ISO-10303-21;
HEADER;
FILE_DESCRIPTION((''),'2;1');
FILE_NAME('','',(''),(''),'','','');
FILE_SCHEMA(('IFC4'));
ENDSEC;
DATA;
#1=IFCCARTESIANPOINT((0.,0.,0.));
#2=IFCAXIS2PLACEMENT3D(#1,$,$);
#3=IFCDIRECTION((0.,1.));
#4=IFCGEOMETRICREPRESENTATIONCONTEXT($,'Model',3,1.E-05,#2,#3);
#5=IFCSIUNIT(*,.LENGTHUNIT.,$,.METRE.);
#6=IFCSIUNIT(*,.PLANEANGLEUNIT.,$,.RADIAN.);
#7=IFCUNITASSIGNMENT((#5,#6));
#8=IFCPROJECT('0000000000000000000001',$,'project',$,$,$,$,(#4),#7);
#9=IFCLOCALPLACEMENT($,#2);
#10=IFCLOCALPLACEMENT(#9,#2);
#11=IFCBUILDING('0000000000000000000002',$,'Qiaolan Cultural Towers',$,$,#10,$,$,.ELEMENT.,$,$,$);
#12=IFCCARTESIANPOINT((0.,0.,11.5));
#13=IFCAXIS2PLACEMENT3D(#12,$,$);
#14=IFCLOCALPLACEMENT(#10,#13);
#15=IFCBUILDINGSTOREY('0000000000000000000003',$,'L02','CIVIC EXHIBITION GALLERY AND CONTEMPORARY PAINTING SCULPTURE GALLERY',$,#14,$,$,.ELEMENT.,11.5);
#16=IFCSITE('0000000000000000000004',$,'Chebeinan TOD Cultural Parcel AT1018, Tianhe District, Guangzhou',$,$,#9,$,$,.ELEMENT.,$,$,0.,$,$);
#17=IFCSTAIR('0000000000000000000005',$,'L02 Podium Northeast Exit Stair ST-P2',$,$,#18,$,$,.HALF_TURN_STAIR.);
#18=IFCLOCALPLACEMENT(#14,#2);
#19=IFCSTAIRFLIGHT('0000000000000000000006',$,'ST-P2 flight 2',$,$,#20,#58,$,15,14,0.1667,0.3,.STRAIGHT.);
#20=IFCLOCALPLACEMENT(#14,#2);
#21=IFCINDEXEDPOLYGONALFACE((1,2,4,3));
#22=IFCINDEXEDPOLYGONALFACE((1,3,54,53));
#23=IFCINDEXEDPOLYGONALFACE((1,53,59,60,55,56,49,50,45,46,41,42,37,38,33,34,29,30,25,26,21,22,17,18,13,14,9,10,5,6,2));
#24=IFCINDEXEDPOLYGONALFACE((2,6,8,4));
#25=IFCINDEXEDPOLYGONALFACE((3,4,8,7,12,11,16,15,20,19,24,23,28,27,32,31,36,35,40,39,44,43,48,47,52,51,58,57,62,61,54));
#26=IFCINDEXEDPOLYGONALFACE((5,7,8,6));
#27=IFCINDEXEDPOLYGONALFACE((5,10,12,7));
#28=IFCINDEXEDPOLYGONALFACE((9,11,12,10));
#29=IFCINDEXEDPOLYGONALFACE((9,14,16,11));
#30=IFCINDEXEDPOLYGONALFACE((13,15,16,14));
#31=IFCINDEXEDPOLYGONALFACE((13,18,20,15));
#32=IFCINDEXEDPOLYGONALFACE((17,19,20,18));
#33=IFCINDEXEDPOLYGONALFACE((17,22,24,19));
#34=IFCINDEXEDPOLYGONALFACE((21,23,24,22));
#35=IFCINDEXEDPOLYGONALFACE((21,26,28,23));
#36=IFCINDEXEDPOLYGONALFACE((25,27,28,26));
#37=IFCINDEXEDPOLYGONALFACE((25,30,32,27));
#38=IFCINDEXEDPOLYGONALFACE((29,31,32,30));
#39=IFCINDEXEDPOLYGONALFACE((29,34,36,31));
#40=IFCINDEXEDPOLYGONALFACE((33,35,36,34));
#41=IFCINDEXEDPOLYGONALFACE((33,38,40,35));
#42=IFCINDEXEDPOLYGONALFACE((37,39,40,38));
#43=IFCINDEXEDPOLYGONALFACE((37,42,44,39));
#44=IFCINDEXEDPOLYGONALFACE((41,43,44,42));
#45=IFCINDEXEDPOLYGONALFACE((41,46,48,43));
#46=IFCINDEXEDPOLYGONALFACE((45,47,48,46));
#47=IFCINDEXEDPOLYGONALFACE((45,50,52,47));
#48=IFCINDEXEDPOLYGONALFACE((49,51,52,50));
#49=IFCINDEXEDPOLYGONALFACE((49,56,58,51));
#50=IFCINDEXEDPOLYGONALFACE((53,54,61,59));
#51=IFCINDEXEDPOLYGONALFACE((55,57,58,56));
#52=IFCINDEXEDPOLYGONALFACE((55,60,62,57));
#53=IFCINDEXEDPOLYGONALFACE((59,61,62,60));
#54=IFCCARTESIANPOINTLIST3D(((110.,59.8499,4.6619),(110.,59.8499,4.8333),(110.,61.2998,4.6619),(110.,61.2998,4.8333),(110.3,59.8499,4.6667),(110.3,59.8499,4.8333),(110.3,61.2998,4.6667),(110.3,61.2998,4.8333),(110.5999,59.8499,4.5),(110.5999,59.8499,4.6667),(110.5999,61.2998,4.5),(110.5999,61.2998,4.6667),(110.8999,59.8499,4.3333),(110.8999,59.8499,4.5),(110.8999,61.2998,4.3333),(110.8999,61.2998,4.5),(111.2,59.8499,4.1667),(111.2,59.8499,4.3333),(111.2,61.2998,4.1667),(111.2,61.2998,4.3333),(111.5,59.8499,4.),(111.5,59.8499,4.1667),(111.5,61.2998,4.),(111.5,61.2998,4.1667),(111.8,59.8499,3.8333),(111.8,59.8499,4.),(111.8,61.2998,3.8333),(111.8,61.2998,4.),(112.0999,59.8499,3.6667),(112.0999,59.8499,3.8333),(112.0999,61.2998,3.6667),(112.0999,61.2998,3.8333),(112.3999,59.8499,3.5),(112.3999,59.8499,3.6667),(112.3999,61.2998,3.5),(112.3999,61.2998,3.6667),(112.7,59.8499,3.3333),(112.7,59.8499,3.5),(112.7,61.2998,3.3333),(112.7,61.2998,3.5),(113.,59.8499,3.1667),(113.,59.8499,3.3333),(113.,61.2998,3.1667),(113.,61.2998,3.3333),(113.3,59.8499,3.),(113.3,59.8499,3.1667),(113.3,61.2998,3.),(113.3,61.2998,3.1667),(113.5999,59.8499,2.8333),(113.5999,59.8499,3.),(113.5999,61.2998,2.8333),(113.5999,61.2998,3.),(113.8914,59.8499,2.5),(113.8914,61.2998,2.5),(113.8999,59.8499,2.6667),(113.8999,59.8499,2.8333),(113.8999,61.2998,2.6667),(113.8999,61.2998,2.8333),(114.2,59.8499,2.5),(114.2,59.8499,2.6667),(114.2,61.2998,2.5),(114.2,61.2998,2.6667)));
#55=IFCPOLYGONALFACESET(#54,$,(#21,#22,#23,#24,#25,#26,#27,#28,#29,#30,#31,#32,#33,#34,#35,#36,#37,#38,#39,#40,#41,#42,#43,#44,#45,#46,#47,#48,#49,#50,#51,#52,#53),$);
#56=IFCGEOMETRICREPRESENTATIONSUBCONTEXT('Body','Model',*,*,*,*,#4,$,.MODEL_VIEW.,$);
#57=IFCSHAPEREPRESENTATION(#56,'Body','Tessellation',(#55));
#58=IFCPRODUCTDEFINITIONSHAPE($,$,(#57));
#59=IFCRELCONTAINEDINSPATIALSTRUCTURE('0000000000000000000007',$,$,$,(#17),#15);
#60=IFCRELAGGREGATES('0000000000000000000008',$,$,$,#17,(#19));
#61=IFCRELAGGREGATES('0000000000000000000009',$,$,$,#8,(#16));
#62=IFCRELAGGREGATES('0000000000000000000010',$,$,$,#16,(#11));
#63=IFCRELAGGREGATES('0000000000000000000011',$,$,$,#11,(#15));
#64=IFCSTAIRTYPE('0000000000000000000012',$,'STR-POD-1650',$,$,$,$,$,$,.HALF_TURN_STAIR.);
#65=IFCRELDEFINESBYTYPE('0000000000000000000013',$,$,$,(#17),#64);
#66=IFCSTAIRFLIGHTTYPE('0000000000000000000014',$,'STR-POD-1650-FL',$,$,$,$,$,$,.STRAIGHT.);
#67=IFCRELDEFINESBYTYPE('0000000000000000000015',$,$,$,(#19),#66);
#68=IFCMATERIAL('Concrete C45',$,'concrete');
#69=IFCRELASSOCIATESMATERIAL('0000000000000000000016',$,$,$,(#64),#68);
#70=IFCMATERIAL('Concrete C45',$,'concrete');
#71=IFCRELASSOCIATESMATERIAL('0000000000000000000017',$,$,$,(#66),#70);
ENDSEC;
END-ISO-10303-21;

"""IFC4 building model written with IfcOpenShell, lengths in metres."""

from ifc_helpers import new_model, si_unit, direction, frame, origin, place, context, subcontext, project, spatial, polyline, outline, extrude, material, type_object, element, aggregate, save


model = new_model("IFC4")

# Units and contexts
model_context = context("Model", 3, precision=1e-05, world=origin(), true_north=direction((0.0, 1.0)))
body_context = subcontext(model_context, "Body", "Model", "MODEL_VIEW")
ifc_project = project(units=[si_unit("LENGTHUNIT", "METRE"), si_unit("PLANEANGLEUNIT", "RADIAN")], contexts=[model_context])

# Site, building, storey
site_placement = place(None, origin())
site = spatial("IfcSite", under=ifc_project, at=site_placement, Name="Chebeinan TOD Cultural Parcel AT1018, Tianhe District, Guangzhou", CompositionType="ELEMENT", RefElevation=0.0)
building_placement = place(site_placement, origin())
building = spatial("IfcBuilding", under=site, at=building_placement, Name="Qiaolan Cultural Towers", CompositionType="ELEMENT")
storey_placement = place(building_placement, frame((0.0, 0.0, 11.5)))
storey = spatial("IfcBuildingStorey", under=building, at=storey_placement, Name="L02", Description="CIVIC EXHIBITION GALLERY AND CONTEMPORARY PAINTING SCULPTURE GALLERY", CompositionType="ELEMENT", Elevation=11.5)

# Stair, stair flight
ifc_material_1 = material(Name="Concrete C45", Category="concrete")
stair_type = type_object("IfcStairType", Name="STR-POD-1650", PredefinedType="HALF_TURN_STAIR", material=ifc_material_1)
stair_placement = place(storey_placement, origin())
stair = element("IfcStair", 1, at=stair_placement, inside=storey, type_object=stair_type, Name="L02 Podium Northeast Exit Stair ST-P2", PredefinedType="HALF_TURN_STAIR")
ifc_material_2 = material(Name="Concrete C45", Category="concrete")
stair_flight_type = type_object("IfcStairFlightType", Name="STR-POD-1650-FL", PredefinedType="STRAIGHT", material=ifc_material_2)
stair_flight_1_placement = place(storey_placement, frame((114.2, 60.575, 2.5), z_axis=(0.0, 0.0, 1.0), x_axis=(-1.0, 0.0, 0.0)))
stair_flight_1 = element("IfcStairFlight", 2, at=stair_flight_1_placement, type_object=stair_flight_type, Name="ST-P2 flight 2", NumberOfRisers=15, NumberOfTreads=14, PredefinedType="STRAIGHT", RiserHeight=0.1667, TreadLength=0.3, context=body_context, shape_type="SweptSolid", body=[
    extrude(outline(polyline([(0.0, 0.0), (0.0, 0.1667), (0.3, 0.1667), (0.3, 0.3333), (0.6001, 0.3333), (0.6001, 0.5), (0.8999, 0.5), (0.8999, 0.6667), (1.2, 0.6667), (1.2, 0.8333), (1.5, 0.8333), (1.5, 1.0), (1.8, 1.0), (1.8, 1.1667), (2.1001, 1.1667), (2.1001, 1.3333), (2.3999, 1.3333), (2.3999, 1.5), (2.7, 1.5), (2.7, 1.6667), (3.0, 1.6667), (3.0, 1.8333), (3.3, 1.8333), (3.3, 2.0), (3.6001, 2.0), (3.6001, 2.1667), (3.8999, 2.1667), (3.8999, 2.3333), (4.2, 2.3333), (4.2, 2.5), (4.2, 2.1619), (0.3086, 0.0), (0.0, 0.0)])), frame((0.0, 0.7251, 0.0), z_axis=(0.0, -1.0, 0.0), x_axis=(1.0, 0.0, 0.0)), (0.0, 0.0, 1.0), 1.45),
])
aggregate(stair, [stair_flight_1])

save(model, "model.ifc")
